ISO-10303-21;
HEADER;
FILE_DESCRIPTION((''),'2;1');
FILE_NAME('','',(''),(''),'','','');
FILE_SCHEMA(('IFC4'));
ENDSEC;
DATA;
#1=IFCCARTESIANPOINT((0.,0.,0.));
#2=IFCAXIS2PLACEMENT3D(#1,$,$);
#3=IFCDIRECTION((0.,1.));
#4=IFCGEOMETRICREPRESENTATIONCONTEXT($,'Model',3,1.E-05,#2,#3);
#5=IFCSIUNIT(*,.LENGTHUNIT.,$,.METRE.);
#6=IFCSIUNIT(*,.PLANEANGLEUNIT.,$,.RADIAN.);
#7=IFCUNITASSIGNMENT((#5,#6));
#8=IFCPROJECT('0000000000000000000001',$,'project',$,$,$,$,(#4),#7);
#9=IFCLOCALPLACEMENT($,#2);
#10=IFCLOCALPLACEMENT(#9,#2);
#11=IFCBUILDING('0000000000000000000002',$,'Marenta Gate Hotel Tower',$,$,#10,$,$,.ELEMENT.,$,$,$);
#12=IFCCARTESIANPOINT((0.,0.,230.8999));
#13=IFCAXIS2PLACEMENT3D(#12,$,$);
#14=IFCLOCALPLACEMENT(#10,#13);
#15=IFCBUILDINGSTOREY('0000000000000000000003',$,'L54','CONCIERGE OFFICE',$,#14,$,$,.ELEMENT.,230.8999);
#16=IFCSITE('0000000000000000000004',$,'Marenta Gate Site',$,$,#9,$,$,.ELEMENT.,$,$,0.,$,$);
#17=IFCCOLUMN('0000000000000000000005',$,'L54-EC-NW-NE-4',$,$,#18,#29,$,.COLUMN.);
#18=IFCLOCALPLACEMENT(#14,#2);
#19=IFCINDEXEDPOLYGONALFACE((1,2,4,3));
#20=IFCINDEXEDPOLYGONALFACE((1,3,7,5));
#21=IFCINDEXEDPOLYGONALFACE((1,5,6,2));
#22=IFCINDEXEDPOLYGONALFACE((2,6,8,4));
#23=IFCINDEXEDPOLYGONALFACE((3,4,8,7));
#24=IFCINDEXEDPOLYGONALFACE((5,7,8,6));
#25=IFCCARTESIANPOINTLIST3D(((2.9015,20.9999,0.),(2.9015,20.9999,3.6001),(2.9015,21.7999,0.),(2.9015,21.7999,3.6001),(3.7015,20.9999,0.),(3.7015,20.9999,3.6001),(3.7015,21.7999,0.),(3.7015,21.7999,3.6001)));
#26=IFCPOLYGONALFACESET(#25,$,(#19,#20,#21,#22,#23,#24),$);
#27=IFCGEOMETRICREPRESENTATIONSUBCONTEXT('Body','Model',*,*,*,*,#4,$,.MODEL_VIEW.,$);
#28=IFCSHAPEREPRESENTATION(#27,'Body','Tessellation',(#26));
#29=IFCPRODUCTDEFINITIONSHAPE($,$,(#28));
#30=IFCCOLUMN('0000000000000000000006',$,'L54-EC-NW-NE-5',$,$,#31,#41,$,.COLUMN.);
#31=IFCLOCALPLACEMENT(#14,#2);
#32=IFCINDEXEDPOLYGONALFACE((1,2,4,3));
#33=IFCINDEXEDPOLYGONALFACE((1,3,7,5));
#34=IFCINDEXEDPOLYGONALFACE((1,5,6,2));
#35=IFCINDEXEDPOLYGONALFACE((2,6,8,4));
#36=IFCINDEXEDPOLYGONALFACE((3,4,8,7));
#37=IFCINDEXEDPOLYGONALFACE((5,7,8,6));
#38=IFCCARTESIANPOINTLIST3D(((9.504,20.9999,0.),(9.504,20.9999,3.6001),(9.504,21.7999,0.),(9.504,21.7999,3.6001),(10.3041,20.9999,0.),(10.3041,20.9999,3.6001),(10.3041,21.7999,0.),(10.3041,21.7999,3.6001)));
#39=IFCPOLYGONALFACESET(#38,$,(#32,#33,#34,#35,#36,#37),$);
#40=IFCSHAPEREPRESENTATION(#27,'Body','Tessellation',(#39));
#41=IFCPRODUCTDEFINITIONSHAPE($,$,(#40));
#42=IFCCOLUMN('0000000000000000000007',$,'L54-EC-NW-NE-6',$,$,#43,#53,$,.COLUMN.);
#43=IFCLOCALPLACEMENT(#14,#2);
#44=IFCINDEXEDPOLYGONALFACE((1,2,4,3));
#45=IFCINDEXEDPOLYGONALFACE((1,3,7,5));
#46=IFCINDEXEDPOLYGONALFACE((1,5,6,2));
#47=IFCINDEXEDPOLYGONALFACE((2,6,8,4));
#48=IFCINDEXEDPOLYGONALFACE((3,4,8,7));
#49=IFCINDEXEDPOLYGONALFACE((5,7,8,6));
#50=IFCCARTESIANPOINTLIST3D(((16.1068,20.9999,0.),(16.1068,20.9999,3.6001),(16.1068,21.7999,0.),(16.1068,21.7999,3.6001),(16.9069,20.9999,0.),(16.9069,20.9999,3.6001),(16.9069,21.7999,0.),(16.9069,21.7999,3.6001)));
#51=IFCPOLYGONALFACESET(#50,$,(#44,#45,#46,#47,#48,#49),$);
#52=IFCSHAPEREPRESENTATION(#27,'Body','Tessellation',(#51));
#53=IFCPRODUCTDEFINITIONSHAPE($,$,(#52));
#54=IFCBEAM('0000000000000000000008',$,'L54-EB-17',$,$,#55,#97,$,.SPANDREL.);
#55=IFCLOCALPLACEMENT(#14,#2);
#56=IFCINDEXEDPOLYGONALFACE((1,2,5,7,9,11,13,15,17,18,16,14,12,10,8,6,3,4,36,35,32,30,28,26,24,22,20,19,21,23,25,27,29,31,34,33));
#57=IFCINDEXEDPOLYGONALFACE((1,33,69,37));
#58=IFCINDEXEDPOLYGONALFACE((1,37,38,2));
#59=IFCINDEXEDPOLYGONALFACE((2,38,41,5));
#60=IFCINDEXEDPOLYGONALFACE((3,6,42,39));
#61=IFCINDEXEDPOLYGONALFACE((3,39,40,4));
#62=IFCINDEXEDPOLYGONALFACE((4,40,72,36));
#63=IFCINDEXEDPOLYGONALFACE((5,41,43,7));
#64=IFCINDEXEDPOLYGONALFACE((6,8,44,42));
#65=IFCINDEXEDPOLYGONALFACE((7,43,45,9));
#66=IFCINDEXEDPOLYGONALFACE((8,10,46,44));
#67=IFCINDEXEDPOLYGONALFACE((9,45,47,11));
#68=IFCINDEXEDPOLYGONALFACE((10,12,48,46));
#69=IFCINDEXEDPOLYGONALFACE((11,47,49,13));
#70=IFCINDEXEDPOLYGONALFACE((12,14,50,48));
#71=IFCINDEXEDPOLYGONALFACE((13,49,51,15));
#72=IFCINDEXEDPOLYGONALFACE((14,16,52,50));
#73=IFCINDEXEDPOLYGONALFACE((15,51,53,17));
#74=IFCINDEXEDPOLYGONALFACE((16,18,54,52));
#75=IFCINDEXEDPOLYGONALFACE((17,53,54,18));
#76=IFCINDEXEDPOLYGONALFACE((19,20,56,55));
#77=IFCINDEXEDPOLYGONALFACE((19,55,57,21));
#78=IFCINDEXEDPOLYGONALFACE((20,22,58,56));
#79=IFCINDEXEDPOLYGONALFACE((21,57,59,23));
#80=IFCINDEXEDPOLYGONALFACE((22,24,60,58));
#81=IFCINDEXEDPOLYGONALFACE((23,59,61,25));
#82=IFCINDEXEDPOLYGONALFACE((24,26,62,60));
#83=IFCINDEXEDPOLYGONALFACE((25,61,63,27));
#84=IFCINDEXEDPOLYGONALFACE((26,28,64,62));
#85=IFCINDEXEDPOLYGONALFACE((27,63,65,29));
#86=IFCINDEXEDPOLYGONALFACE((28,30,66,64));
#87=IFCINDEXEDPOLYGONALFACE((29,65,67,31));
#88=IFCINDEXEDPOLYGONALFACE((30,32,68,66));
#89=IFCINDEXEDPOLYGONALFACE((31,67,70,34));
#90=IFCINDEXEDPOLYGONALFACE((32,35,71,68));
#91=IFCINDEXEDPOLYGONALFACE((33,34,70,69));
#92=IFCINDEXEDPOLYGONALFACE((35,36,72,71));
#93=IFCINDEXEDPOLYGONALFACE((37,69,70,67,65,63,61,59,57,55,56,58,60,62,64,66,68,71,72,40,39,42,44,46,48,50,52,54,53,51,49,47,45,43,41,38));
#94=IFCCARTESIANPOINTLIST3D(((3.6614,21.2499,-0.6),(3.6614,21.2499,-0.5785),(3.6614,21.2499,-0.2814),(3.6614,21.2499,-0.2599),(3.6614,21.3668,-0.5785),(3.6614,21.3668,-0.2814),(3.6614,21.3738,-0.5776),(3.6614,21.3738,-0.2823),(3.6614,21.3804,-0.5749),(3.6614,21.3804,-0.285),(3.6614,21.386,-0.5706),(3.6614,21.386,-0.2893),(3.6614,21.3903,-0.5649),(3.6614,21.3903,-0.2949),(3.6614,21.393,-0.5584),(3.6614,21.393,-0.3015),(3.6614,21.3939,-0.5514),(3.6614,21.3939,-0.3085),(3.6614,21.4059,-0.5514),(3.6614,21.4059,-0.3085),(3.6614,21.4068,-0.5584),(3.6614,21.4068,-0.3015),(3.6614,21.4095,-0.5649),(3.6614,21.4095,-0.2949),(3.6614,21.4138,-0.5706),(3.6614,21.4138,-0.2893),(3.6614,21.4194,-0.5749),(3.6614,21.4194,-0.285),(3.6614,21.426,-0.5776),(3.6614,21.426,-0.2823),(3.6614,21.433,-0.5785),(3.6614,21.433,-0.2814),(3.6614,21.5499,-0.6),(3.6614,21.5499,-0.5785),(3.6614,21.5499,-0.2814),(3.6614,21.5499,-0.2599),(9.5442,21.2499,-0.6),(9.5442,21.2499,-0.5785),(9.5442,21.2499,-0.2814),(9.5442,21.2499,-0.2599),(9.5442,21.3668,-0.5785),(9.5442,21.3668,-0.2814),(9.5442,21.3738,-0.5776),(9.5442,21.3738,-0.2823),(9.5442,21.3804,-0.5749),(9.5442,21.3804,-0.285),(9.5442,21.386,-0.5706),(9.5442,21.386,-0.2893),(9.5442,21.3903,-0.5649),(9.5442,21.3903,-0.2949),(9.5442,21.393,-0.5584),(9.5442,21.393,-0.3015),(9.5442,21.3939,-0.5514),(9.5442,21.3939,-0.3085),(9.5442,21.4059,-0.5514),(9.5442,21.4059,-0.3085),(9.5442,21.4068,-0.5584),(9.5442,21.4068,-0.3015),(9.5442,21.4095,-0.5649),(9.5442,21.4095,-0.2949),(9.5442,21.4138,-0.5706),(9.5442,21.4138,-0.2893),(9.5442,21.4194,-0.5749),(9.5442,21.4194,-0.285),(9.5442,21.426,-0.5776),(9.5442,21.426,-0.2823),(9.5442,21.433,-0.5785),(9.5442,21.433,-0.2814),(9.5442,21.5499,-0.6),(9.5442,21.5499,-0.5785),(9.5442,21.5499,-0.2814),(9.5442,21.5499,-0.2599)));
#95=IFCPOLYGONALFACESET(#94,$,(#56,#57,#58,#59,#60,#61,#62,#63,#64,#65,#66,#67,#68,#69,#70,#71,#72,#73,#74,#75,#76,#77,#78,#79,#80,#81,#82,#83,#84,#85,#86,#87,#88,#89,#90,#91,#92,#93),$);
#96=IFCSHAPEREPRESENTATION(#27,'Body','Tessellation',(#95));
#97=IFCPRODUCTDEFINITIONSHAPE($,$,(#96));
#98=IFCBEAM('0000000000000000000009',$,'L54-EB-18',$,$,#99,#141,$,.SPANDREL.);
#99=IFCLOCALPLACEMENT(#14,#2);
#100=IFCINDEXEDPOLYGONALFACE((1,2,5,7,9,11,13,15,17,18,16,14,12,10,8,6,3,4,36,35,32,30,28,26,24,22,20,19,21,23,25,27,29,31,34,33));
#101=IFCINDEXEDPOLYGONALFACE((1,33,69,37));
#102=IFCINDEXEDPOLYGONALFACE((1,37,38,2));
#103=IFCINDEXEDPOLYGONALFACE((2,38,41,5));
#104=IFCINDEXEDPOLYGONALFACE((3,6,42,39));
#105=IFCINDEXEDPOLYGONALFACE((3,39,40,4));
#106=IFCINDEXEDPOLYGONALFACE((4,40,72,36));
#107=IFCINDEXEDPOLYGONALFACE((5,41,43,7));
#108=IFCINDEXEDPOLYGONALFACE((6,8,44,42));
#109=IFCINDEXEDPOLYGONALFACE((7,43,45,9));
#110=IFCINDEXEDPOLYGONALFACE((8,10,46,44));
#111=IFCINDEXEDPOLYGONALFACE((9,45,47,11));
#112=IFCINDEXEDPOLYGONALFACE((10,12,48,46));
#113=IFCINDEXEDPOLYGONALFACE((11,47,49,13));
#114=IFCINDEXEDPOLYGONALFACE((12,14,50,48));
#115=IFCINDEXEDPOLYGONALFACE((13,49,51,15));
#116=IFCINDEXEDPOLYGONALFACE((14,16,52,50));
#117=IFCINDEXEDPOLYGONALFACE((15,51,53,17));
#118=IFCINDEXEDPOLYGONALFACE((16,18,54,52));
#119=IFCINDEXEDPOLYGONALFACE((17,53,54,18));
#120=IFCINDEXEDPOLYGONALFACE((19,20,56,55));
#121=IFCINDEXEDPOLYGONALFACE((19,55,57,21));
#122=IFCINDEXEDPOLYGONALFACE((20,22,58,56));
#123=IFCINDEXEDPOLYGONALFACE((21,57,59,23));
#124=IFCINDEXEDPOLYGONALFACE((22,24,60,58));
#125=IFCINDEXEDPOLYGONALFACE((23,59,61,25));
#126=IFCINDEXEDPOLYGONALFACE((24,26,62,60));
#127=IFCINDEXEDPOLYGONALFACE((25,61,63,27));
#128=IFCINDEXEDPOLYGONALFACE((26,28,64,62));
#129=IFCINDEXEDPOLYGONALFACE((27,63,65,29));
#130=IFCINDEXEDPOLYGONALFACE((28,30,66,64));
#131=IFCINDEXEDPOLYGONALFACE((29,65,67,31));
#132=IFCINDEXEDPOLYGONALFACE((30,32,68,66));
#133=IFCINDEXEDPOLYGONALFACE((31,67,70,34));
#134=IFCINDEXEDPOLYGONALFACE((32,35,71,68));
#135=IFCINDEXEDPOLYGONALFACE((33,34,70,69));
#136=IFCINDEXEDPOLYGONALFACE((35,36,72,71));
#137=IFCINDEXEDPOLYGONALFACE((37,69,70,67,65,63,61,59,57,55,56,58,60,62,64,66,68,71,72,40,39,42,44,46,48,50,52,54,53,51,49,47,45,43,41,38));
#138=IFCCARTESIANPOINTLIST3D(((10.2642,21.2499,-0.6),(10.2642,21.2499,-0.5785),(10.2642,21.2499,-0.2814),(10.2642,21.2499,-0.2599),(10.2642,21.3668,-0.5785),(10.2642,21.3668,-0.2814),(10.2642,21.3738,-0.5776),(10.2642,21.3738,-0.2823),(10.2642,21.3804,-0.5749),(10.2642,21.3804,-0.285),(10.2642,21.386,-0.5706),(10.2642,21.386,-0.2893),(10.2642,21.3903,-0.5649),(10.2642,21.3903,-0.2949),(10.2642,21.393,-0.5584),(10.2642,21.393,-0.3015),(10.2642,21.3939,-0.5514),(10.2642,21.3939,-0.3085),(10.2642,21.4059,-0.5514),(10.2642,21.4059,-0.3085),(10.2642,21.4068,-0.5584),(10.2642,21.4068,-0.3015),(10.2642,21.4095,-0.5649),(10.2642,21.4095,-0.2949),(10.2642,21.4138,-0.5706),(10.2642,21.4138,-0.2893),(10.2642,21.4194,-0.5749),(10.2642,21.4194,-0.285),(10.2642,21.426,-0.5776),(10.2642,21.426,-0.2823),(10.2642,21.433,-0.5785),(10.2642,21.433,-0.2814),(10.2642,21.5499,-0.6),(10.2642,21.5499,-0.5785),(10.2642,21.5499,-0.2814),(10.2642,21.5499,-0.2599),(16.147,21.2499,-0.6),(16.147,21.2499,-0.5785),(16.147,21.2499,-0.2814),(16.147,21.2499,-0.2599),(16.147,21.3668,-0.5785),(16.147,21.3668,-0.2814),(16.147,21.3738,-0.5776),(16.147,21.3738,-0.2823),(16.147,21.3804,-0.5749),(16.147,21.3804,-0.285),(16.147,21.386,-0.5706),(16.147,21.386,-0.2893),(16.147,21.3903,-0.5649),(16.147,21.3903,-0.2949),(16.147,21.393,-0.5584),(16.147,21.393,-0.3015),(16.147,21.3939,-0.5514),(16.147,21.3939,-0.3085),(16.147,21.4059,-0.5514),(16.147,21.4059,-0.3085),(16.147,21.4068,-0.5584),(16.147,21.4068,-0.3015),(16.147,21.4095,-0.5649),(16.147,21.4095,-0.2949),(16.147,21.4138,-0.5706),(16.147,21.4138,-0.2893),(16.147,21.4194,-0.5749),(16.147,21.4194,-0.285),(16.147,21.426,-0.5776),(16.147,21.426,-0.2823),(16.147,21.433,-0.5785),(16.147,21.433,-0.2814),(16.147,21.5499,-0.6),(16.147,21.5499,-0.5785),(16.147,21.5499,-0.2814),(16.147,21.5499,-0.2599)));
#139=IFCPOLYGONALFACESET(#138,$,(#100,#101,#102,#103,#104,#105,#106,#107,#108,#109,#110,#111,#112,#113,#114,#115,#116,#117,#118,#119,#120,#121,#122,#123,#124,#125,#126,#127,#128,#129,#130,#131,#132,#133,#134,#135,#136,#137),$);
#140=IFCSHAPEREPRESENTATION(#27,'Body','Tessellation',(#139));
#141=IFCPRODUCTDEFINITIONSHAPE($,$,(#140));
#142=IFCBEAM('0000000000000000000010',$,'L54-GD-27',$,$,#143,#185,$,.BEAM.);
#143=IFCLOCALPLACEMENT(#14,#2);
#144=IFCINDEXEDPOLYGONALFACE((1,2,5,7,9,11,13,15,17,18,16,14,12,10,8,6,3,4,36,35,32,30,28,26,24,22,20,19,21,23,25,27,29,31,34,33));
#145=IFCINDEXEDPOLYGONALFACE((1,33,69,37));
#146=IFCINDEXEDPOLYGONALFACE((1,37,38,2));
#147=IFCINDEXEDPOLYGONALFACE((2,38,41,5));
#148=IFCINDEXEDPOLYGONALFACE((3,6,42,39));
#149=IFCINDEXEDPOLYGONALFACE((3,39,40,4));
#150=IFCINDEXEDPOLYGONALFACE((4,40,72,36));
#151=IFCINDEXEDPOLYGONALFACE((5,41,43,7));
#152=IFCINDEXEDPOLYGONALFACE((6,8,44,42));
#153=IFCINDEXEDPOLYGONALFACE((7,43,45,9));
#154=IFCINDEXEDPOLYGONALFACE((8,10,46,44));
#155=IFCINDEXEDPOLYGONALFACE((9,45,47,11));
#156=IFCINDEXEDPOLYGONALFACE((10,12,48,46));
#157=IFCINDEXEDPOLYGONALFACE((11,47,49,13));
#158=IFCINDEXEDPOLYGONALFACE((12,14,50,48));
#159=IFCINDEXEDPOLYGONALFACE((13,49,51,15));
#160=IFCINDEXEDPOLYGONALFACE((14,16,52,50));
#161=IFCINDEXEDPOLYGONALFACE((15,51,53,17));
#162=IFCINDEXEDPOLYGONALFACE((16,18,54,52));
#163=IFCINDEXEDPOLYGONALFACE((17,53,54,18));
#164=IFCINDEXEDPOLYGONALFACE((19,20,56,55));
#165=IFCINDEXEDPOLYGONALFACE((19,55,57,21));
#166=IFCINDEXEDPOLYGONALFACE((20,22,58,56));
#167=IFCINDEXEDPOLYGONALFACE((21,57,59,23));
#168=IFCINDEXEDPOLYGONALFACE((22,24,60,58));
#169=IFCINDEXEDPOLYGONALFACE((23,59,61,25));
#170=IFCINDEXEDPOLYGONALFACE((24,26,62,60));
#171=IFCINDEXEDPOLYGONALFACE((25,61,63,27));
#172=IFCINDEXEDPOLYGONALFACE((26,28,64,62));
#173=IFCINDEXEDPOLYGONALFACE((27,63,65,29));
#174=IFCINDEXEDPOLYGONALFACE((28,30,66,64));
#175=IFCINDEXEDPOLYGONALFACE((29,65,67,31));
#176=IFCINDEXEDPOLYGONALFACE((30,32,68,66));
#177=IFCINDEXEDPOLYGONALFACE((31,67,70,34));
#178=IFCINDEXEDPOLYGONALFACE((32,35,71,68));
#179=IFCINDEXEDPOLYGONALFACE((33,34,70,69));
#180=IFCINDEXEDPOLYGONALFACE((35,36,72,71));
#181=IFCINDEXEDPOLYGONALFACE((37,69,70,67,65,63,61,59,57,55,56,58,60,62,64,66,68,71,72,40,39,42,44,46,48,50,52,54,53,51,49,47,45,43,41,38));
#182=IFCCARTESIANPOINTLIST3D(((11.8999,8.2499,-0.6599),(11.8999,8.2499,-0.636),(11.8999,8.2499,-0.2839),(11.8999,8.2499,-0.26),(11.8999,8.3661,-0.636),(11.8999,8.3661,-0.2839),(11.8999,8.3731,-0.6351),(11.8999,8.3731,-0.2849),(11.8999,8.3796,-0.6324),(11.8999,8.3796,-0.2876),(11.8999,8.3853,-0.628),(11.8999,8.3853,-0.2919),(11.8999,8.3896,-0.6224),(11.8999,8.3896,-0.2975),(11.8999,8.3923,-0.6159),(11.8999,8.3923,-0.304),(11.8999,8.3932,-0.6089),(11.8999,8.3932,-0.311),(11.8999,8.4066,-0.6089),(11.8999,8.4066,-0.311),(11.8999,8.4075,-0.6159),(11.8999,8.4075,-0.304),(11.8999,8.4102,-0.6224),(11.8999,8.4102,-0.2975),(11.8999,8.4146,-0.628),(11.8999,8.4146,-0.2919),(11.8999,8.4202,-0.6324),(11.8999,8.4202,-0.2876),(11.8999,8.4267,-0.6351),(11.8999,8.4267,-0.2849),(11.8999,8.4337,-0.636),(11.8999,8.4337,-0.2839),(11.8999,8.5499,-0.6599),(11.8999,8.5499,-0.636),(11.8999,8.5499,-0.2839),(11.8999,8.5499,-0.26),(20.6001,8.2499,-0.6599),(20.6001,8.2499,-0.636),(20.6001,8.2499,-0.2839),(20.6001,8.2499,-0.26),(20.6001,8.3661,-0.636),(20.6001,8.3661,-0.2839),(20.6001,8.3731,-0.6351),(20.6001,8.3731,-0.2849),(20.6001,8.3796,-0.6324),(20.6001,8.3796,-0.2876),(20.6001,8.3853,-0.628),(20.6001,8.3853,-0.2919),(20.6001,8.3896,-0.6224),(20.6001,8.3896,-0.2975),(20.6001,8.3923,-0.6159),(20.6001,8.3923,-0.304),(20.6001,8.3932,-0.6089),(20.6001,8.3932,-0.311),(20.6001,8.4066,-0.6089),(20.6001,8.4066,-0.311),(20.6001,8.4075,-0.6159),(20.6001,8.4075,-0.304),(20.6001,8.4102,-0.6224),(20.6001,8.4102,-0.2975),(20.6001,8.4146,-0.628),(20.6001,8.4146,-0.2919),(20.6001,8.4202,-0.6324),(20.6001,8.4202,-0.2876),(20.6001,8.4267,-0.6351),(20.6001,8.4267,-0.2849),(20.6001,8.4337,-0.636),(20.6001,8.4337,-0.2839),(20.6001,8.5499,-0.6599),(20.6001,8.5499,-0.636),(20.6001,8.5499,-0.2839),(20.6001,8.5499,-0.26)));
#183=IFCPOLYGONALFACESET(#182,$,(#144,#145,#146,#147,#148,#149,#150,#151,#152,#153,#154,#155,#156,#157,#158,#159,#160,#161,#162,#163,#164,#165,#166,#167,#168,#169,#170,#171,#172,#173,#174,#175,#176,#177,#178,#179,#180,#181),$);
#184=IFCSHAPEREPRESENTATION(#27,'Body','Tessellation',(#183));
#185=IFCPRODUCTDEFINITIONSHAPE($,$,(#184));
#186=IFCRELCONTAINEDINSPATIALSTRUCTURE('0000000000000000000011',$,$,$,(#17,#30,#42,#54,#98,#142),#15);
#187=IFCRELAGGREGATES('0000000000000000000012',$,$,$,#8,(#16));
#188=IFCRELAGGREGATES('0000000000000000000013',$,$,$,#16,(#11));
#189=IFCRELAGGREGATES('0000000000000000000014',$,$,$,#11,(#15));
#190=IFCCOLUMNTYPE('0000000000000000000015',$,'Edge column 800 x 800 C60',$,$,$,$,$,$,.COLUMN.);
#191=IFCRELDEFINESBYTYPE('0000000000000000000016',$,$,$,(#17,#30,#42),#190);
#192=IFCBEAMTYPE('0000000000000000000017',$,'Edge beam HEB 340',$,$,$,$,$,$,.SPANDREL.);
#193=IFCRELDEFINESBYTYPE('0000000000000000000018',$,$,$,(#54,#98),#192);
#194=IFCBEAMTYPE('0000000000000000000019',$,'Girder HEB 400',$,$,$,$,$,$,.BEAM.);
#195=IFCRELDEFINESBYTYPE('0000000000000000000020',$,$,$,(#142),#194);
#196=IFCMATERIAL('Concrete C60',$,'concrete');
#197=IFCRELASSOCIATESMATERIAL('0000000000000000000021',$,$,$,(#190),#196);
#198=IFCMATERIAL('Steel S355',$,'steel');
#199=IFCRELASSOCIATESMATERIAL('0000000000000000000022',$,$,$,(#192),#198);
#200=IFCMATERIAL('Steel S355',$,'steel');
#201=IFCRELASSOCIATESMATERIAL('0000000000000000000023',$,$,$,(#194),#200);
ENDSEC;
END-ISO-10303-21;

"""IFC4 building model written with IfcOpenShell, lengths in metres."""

from ifc_helpers import new_model, si_unit, direction, frame, origin, origin_2d, place, context, subcontext, project, spatial, rectangle, i_section, extrude, material, material_profile, profile_set, type_object, element, save


model = new_model("IFC4")

# Units and contexts
model_context = context("Model", 3, precision=1e-05, world=origin(), true_north=direction((0.0, 1.0)))
body_context = subcontext(model_context, "Body", "Model", "MODEL_VIEW")
ifc_project = project(units=[si_unit("LENGTHUNIT", "METRE"), si_unit("PLANEANGLEUNIT", "RADIAN")], contexts=[model_context])

# Site, building, storey
site_placement = place(None, origin())
site = spatial("IfcSite", under=ifc_project, at=site_placement, Name="Marenta Gate Site", CompositionType="ELEMENT", RefElevation=0.0)
building_placement = place(site_placement, origin())
building = spatial("IfcBuilding", under=site, at=building_placement, Name="Marenta Gate Hotel Tower", CompositionType="ELEMENT")
storey_placement = place(building_placement, frame((0.0, 0.0, 230.8999)))
storey = spatial("IfcBuildingStorey", under=building, at=storey_placement, Name="L54", Description="CONCIERGE OFFICE", CompositionType="ELEMENT", Elevation=230.8999)

# Columns
ifc_material_1 = material(Name="Concrete C60", Category="concrete")
ifc_material_profile_1 = material_profile(ifc_material_1, rectangle(XDim=0.8, YDim=0.8, at=origin_2d()), Name="800 x 800")
ifc_profile_set_1 = profile_set([ifc_material_profile_1], Name="Concrete C60")
column_type = type_object("IfcColumnType", Name="Edge column 800 x 800 C60", PredefinedType="COLUMN", material=ifc_profile_set_1)
for number, where, z_axis, x_axis, name in (
    (1, (3.3015, 21.3999, 0.0), (0.0, 0.0, 1.0), (1.0, 0.0, 0.0), "L54-EC-NW-NE-4"),
    (2, (9.9041, 21.3999, 0.0), (0.0, 0.0, 1.0), (1.0, 0.0, 0.0), "L54-EC-NW-NE-5"),
    (3, (16.5068, 21.3999, 0.0), (0.0, 0.0, 1.0), (1.0, 0.0, 0.0), "L54-EC-NW-NE-6"),
):
    element("IfcColumn", number, at=place(storey_placement, frame(where, z_axis=z_axis, x_axis=x_axis)), inside=storey, type_object=column_type, Name=name, PredefinedType="COLUMN", context=body_context, shape_type="SweptSolid", body=[
        extrude(rectangle(XDim=0.8, YDim=0.8, at=origin_2d()), origin(), (0.0, 0.0, 1.0), 3.6001),
    ])

# Beams
ifc_material_2 = material(Name="Steel S355", Category="steel")
ifc_material_profile_2 = material_profile(ifc_material_2, i_section(OverallWidth=0.3, OverallDepth=0.3401, WebThickness=0.012, FlangeThickness=0.0215, FilletRadius=0.0271, at=origin_2d()), Name="HEB 340")
ifc_profile_set_2 = profile_set([ifc_material_profile_2], Name="Steel S355")
beam_type_1 = type_object("IfcBeamType", Name="Edge beam HEB 340", PredefinedType="SPANDREL", material=ifc_profile_set_2)
for number, where, z_axis, x_axis, name in (
    (4, (3.6614, 21.3999, -0.4299), (1.0, 0.0, 0.0), (0.0, 1.0, 0.0), "L54-EB-17"),
    (5, (10.2642, 21.3999, -0.4299), (1.0, 0.0, 0.0), (0.0, 1.0, 0.0), "L54-EB-18"),
):
    element("IfcBeam", number, at=place(storey_placement, frame(where, z_axis=z_axis, x_axis=x_axis)), inside=storey, type_object=beam_type_1, Name=name, PredefinedType="SPANDREL", context=body_context, shape_type="SweptSolid", body=[
        extrude(i_section(OverallWidth=0.3, OverallDepth=0.3401, WebThickness=0.012, FlangeThickness=0.0215, FilletRadius=0.0271, at=origin_2d()), origin(), (0.0, 0.0, 1.0), 5.8828),
    ])
ifc_material_3 = material(Name="Steel S355", Category="steel")
ifc_material_profile_3 = material_profile(ifc_material_3, i_section(OverallWidth=0.3, OverallDepth=0.3999, WebThickness=0.0134, FlangeThickness=0.0239, FilletRadius=0.0271, at=origin_2d()), Name="HEB 400")
ifc_profile_set_3 = profile_set([ifc_material_profile_3], Name="Steel S355")
beam_type_2 = type_object("IfcBeamType", Name="Girder HEB 400", PredefinedType="BEAM", material=ifc_profile_set_3)
for number, where, z_axis, x_axis, name in (
    (6, (11.8999, 8.3999, -0.46), (1.0, 0.0, 0.0), (0.0, 1.0, 0.0), "L54-GD-27"),
):
    element("IfcBeam", number, at=place(storey_placement, frame(where, z_axis=z_axis, x_axis=x_axis)), inside=storey, type_object=beam_type_2, Name=name, PredefinedType="BEAM", context=body_context, shape_type="SweptSolid", body=[
        extrude(i_section(OverallWidth=0.3, OverallDepth=0.3999, WebThickness=0.0134, FlangeThickness=0.0239, FilletRadius=0.0271, at=origin_2d()), origin(), (0.0, 0.0, 1.0), 8.7002),
    ])

save(model, "model.ifc")
